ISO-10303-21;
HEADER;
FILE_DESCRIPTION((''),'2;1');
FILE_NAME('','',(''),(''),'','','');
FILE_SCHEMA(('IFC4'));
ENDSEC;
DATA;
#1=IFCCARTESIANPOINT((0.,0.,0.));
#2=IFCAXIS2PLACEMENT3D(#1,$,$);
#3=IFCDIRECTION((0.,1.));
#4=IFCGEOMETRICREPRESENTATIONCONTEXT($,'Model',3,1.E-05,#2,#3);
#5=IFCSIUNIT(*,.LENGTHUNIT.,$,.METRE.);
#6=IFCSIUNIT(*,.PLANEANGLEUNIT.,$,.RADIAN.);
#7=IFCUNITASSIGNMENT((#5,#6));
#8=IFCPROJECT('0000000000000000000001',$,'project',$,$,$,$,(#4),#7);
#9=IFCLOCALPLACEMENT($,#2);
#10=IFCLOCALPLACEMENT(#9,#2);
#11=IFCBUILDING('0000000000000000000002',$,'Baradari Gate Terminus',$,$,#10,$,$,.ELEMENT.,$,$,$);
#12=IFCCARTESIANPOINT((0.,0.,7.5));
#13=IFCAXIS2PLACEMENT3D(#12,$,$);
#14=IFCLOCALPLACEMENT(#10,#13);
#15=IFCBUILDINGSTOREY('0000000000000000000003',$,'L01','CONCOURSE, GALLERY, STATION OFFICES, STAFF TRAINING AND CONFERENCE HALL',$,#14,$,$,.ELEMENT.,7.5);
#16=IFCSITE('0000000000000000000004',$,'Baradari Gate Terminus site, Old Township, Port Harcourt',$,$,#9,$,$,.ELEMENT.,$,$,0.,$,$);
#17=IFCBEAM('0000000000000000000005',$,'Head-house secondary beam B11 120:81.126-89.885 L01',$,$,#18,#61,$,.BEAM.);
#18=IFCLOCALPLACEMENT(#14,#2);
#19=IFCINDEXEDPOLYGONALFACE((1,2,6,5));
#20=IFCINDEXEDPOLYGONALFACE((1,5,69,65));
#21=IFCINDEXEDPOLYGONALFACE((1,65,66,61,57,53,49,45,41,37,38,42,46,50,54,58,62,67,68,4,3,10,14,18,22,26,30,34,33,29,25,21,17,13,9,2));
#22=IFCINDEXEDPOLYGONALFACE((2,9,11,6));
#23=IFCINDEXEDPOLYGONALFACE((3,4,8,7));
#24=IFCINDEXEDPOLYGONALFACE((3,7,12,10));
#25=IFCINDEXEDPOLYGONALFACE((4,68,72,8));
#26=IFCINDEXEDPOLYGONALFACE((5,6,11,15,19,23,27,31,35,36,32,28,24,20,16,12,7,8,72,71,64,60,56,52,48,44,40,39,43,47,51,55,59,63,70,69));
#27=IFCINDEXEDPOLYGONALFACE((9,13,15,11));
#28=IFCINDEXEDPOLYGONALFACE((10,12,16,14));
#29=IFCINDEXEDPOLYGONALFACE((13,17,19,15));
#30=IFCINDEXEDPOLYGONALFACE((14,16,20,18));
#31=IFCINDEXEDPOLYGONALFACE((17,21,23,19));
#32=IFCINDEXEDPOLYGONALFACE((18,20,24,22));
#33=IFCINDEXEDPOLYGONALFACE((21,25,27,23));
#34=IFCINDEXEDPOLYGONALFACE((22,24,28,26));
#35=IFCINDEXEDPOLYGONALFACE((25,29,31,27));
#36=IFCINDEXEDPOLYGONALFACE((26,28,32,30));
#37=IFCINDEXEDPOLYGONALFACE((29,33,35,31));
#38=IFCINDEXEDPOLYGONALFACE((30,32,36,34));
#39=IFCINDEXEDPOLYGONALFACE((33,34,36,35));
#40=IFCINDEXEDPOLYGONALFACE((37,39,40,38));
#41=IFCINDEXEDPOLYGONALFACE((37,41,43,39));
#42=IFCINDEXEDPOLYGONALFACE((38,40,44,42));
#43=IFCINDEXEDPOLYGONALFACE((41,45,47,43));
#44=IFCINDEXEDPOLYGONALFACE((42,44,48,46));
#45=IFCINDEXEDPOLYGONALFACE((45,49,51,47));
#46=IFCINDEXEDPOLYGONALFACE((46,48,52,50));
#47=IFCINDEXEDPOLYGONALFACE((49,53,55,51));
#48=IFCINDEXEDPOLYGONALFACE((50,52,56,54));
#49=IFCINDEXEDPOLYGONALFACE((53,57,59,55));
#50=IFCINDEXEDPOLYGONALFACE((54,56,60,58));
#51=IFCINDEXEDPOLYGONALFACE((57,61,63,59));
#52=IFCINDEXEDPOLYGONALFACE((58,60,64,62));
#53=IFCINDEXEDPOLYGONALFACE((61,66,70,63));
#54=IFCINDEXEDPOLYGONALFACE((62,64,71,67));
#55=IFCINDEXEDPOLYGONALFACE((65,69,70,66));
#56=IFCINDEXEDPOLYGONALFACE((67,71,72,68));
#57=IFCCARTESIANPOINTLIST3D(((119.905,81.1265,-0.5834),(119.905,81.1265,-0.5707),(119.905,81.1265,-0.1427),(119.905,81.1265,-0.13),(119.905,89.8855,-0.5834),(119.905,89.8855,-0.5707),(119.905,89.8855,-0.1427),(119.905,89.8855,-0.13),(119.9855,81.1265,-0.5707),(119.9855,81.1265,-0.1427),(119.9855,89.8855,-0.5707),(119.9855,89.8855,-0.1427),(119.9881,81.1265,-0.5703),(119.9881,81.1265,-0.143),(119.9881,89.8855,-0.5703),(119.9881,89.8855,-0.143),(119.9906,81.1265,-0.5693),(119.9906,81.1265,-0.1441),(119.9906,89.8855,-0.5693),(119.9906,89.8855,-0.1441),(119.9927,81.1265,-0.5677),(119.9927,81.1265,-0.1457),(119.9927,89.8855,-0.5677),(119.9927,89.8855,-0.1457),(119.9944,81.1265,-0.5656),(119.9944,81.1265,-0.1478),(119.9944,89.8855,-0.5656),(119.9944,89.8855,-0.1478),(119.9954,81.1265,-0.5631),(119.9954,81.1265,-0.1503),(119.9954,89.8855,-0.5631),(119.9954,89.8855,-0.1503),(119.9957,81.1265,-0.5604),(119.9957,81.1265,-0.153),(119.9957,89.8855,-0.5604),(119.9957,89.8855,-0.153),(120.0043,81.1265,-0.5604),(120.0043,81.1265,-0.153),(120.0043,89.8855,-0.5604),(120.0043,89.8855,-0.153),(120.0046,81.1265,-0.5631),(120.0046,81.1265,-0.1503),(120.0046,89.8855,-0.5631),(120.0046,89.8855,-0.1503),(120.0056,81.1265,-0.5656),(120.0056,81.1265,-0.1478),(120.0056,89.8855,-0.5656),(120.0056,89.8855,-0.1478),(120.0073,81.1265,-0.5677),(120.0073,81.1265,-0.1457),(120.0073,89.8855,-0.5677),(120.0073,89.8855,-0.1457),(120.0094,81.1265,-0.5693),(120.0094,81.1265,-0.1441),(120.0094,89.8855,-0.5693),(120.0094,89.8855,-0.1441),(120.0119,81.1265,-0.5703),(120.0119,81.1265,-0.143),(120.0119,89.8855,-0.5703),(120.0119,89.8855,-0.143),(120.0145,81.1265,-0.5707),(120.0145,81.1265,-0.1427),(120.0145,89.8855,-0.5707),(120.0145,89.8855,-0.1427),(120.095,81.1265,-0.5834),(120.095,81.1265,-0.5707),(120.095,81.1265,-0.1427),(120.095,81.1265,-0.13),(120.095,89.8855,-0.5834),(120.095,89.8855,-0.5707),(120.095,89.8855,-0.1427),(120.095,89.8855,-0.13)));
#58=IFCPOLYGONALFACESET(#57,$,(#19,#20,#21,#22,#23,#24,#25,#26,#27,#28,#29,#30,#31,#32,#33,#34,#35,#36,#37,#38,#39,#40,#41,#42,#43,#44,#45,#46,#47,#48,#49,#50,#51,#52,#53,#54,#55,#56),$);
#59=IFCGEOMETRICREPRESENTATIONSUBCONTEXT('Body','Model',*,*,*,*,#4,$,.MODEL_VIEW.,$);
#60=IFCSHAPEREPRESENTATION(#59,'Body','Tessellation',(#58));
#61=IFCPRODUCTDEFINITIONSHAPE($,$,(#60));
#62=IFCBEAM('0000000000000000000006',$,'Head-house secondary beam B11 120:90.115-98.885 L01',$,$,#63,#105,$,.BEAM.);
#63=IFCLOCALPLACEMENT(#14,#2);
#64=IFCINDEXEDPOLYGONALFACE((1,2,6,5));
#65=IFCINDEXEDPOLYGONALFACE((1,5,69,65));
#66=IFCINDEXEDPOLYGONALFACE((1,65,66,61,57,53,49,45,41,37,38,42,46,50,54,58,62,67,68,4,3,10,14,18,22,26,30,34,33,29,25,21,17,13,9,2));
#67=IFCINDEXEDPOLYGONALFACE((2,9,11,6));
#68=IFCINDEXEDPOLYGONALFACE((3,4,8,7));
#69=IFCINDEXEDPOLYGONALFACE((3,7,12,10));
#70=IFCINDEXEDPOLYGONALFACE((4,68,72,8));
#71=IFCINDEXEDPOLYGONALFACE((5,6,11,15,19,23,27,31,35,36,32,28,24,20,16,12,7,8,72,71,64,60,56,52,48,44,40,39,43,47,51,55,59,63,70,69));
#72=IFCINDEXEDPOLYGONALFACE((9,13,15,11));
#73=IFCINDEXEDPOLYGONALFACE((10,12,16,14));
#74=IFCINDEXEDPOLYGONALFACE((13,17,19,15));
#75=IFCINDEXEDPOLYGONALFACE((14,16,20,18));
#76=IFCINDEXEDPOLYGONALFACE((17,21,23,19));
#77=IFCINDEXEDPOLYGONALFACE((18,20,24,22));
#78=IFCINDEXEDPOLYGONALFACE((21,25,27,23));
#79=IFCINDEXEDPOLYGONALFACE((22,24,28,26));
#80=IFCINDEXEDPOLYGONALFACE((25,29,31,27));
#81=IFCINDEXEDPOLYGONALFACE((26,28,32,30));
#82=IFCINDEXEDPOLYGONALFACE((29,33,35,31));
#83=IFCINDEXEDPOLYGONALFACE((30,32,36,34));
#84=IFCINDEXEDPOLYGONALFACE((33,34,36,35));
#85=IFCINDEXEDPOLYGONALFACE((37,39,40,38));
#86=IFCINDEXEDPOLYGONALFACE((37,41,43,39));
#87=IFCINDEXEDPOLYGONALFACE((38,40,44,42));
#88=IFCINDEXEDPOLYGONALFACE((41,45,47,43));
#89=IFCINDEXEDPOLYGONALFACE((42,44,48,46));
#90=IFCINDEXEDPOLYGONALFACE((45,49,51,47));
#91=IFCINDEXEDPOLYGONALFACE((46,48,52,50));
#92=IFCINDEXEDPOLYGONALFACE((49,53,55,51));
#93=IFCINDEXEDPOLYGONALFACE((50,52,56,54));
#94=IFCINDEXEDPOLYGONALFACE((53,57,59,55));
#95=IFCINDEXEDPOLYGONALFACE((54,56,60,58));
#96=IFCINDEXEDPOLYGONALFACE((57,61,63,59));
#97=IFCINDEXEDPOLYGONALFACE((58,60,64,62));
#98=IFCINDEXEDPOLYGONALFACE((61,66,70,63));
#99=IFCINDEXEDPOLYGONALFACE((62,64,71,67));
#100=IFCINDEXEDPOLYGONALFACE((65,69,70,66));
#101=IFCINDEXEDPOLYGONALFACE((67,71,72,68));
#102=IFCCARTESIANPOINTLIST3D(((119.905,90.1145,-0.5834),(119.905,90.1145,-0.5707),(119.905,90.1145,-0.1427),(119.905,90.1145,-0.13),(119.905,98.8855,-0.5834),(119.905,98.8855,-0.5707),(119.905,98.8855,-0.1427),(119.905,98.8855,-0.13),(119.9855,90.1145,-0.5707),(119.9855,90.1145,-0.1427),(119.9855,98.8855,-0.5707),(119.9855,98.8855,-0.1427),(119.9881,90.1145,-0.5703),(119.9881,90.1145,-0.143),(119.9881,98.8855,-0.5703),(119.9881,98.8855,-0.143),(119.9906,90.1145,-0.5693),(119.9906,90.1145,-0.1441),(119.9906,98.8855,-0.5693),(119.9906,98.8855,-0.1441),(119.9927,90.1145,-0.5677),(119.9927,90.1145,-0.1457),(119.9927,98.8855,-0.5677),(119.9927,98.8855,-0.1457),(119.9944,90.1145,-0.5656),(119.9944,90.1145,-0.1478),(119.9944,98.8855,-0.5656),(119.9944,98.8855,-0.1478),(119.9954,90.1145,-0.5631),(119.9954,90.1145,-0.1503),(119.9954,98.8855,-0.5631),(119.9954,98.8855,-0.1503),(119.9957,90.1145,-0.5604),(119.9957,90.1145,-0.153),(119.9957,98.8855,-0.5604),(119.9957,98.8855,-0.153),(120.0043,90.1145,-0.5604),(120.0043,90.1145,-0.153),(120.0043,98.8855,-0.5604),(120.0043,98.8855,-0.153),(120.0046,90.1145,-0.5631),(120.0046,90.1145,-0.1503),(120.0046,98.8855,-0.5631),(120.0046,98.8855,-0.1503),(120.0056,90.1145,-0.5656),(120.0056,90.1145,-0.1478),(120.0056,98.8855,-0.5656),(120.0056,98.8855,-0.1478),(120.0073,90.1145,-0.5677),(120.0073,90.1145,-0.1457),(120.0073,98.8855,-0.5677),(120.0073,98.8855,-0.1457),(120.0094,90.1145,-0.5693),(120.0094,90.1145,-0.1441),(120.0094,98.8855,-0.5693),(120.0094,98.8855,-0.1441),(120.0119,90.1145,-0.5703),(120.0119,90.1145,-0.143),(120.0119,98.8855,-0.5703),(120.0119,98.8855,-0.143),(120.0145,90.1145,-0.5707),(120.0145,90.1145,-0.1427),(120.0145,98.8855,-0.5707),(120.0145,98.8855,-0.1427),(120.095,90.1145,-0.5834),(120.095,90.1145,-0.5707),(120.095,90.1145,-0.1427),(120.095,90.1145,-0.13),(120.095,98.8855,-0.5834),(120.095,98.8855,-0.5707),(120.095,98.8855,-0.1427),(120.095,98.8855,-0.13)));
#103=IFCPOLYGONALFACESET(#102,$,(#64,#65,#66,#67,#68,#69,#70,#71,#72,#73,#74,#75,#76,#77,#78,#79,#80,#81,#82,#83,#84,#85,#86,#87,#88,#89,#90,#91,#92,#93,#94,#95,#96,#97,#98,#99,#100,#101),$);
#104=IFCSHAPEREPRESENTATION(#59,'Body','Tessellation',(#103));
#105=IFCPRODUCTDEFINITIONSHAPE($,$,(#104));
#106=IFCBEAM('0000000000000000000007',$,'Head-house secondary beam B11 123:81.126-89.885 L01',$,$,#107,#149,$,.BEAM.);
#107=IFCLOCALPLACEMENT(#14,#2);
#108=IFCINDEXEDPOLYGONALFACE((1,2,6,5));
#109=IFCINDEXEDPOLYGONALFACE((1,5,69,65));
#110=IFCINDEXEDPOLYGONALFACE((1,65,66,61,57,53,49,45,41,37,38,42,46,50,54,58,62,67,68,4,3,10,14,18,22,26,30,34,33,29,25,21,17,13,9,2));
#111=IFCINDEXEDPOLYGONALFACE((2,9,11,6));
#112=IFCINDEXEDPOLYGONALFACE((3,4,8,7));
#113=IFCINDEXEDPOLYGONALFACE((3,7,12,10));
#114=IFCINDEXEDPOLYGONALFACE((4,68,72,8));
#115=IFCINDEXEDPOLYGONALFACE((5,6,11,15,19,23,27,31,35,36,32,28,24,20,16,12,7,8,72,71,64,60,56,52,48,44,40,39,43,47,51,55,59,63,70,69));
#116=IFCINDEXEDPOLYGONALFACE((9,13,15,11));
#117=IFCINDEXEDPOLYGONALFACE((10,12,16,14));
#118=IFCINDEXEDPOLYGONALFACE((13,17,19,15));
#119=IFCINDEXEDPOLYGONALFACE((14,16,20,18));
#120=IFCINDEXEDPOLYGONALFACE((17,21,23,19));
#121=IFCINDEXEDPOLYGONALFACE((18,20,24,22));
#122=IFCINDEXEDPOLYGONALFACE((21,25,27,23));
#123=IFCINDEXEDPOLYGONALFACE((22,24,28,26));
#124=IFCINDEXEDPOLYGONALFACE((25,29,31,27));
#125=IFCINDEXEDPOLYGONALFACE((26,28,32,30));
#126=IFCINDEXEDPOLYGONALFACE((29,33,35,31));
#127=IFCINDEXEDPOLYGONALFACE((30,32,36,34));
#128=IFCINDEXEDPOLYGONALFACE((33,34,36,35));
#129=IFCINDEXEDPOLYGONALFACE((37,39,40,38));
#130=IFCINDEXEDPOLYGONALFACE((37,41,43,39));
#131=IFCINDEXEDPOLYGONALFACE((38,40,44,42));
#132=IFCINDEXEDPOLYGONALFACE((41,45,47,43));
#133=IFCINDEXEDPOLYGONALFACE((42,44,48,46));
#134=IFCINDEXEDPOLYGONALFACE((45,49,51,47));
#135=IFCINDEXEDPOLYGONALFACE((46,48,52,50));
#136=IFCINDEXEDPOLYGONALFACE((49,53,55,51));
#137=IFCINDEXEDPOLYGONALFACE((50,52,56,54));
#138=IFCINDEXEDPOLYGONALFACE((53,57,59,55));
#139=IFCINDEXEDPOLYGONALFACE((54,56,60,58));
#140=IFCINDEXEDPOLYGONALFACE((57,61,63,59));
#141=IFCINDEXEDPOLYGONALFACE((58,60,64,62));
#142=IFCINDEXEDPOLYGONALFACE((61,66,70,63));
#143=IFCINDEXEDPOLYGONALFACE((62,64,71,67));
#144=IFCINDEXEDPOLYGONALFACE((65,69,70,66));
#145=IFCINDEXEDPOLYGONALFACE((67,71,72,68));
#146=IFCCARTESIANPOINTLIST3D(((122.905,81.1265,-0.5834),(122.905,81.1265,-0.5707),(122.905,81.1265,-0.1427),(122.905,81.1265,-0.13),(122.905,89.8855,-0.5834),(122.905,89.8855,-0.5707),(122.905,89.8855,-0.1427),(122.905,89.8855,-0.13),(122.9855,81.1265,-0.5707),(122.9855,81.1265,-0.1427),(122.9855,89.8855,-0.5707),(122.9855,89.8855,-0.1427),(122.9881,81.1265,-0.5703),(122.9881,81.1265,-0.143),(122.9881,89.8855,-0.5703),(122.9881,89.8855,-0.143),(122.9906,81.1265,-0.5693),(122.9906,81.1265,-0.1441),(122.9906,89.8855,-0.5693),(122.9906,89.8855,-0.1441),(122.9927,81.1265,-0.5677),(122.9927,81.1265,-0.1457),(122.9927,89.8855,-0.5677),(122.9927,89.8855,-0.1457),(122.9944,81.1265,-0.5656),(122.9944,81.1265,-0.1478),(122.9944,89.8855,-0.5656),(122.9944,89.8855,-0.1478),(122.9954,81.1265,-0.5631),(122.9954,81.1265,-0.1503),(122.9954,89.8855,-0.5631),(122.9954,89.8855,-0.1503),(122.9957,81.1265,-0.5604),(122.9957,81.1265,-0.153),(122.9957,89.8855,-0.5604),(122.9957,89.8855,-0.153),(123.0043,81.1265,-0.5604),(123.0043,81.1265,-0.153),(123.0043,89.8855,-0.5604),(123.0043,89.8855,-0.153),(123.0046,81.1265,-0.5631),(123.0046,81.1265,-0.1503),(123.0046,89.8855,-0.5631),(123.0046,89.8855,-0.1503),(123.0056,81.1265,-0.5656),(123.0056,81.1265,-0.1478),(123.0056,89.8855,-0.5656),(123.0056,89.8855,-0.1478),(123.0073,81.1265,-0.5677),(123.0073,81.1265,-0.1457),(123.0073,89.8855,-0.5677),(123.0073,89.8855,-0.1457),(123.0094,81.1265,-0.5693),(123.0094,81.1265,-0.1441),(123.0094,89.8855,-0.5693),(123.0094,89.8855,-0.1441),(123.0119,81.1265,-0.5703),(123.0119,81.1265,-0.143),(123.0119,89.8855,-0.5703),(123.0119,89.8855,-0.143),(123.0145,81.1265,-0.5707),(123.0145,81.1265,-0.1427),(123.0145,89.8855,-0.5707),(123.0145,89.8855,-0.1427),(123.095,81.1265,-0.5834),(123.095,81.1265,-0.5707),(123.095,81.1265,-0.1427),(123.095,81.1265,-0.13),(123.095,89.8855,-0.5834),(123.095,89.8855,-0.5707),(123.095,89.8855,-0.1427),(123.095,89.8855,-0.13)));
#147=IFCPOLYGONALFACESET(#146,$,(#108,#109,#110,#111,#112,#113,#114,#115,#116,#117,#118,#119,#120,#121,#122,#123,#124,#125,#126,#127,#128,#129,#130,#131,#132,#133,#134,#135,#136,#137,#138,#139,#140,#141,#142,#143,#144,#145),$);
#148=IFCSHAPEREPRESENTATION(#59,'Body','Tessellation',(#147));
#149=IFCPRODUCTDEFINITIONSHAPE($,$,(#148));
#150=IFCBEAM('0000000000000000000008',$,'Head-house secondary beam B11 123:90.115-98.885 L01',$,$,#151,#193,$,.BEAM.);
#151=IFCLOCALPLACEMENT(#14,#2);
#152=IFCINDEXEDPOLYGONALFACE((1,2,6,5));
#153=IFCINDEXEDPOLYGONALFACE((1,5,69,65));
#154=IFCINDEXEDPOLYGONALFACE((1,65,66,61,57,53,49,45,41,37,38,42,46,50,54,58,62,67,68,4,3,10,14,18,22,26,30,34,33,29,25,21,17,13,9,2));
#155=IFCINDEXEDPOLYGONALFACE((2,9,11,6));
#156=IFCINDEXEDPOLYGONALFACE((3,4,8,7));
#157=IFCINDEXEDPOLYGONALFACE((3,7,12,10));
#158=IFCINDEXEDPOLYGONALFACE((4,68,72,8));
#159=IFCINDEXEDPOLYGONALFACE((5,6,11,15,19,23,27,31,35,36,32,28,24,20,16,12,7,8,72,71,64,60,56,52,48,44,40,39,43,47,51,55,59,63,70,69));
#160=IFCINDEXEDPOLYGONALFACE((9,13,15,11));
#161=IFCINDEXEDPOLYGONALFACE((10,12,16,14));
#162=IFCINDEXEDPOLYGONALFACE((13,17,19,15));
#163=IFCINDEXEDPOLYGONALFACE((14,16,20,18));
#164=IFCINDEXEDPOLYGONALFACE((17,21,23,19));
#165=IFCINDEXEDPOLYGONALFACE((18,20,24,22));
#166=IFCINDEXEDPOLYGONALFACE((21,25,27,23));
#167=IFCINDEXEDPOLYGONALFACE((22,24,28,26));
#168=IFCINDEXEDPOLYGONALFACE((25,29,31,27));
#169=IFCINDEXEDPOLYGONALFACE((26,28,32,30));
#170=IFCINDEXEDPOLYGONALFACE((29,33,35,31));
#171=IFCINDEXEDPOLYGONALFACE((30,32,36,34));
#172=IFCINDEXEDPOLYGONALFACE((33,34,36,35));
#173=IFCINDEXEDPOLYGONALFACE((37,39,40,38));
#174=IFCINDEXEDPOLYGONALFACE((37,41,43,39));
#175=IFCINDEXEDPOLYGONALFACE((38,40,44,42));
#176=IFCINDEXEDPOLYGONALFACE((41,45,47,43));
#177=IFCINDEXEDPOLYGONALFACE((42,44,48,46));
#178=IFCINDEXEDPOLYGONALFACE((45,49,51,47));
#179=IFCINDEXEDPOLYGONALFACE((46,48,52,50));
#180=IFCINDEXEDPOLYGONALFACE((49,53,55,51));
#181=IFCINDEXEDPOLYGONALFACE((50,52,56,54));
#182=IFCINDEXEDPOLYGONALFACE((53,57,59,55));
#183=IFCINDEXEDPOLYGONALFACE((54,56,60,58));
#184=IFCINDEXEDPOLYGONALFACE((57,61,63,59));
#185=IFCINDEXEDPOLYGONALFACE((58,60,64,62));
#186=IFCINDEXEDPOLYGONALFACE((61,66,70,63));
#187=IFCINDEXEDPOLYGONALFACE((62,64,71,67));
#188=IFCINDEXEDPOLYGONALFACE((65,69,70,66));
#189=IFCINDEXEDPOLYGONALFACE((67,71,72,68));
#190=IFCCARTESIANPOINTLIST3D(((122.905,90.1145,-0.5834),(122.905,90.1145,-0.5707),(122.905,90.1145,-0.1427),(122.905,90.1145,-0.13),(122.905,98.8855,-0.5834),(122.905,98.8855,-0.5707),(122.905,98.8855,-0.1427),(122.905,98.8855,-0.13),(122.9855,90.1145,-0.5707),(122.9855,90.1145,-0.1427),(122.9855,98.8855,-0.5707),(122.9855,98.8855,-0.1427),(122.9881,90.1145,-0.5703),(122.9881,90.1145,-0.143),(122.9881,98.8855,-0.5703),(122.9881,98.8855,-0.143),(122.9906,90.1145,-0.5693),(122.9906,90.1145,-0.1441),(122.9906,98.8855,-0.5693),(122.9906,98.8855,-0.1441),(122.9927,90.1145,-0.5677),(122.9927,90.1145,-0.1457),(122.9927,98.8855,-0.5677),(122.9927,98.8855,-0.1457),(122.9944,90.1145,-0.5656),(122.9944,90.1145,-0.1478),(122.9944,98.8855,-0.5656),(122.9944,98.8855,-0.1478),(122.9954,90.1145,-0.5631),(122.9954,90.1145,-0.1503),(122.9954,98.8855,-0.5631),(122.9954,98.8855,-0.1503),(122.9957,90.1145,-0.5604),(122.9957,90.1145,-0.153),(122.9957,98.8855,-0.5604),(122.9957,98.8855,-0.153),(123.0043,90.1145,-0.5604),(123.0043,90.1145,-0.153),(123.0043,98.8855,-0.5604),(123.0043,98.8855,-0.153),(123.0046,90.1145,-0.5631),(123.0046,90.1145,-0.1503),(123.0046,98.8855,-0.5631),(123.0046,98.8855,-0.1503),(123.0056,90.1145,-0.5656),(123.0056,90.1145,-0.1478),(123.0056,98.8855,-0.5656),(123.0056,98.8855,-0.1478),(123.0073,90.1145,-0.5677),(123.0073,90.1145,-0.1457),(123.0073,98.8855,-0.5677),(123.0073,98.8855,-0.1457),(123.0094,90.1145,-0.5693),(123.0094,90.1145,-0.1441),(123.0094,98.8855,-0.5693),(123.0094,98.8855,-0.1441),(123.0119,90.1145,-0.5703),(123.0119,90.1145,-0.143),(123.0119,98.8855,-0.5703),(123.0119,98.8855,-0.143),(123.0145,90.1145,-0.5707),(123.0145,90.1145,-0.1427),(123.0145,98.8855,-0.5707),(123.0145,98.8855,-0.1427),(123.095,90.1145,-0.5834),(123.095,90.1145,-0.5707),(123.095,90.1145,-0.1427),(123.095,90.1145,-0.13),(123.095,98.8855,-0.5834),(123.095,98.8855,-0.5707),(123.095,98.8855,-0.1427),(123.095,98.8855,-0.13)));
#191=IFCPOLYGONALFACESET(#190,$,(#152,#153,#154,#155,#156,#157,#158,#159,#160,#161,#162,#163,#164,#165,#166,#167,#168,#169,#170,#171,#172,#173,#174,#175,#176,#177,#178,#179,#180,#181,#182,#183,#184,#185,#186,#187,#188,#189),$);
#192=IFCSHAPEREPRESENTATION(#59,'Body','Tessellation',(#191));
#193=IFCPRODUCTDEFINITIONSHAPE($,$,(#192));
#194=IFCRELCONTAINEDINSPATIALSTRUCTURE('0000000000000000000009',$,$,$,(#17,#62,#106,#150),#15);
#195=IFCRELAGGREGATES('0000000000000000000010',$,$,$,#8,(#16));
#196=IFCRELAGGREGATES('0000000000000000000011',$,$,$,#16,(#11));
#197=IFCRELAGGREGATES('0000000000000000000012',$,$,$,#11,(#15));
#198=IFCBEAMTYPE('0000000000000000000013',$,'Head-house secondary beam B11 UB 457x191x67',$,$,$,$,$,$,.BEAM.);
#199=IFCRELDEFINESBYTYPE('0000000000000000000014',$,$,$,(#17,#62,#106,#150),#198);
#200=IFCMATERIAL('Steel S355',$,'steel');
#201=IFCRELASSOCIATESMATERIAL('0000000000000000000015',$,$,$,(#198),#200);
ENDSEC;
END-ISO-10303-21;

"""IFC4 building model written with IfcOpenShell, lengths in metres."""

from ifc_helpers import new_model, si_unit, direction, frame, origin, origin_2d, place, context, subcontext, project, spatial, i_section, extrude, material, material_profile, profile_set, type_object, element, save


model = new_model("IFC4")

# Units and contexts
model_context = context("Model", 3, precision=1e-05, world=origin(), true_north=direction((0.0, 1.0)))
body_context = subcontext(model_context, "Body", "Model", "MODEL_VIEW")
ifc_project = project(units=[si_unit("LENGTHUNIT", "METRE"), si_unit("PLANEANGLEUNIT", "RADIAN")], contexts=[model_context])

# Site, building, storey
site_placement = place(None, origin())
site = spatial("IfcSite", under=ifc_project, at=site_placement, Name="Baradari Gate Terminus site, Old Township, Port Harcourt", CompositionType="ELEMENT", RefElevation=0.0)
building_placement = place(site_placement, origin())
building = spatial("IfcBuilding", under=site, at=building_placement, Name="Baradari Gate Terminus", CompositionType="ELEMENT")
storey_placement = place(building_placement, frame((0.0, 0.0, 7.5)))
storey = spatial("IfcBuildingStorey", under=building, at=storey_placement, Name="L01", Description="CONCOURSE, GALLERY, STATION OFFICES, STAFF TRAINING AND CONFERENCE HALL", CompositionType="ELEMENT", Elevation=7.5)

# Beams
ifc_material_1 = material(Name="Steel S355", Category="steel")
ifc_material_profile_1 = material_profile(ifc_material_1, i_section(OverallWidth=0.1899, OverallDepth=0.4534, WebThickness=0.0085, FlangeThickness=0.0127, FilletRadius=0.0103, at=origin_2d()), Name="UB 457x191x67")
ifc_profile_set_1 = profile_set([ifc_material_profile_1], Name="Steel S355")
beam_type_1 = type_object("IfcBeamType", Name="Head-house secondary beam B11 UB 457x191x67", PredefinedType="BEAM", material=ifc_profile_set_1)
beam_1_placement = place(storey_placement, frame((120.0, 81.1265, -0.3567), z_axis=(0.0, 1.0, 0.0), x_axis=(-1.0, 0.0, 0.0)))
element("IfcBeam", 1, at=beam_1_placement, inside=storey, type_object=beam_type_1, Name="Head-house secondary beam B11 120:81.126-89.885 L01", PredefinedType="BEAM", context=body_context, shape_type="SweptSolid", body=[
    extrude(i_section(OverallWidth=0.1899, OverallDepth=0.4534, WebThickness=0.0085, FlangeThickness=0.0127, FilletRadius=0.0103, at=origin_2d()), origin(), (0.0, 0.0, 1.0), 8.759),
])
beam_2_placement = place(storey_placement, frame((120.0, 90.1145, -0.3567), z_axis=(0.0, 1.0, 0.0), x_axis=(-1.0, 0.0, 0.0)))
element("IfcBeam", 2, at=beam_2_placement, inside=storey, type_object=beam_type_1, Name="Head-house secondary beam B11 120:90.115-98.885 L01", PredefinedType="BEAM", context=body_context, shape_type="SweptSolid", body=[
    extrude(i_section(OverallWidth=0.1899, OverallDepth=0.4534, WebThickness=0.0085, FlangeThickness=0.0127, FilletRadius=0.0103, at=origin_2d()), origin(), (0.0, 0.0, 1.0), 8.771),
])
beam_3_placement = place(storey_placement, frame((123.0, 81.1265, -0.3567), z_axis=(0.0, 1.0, 0.0), x_axis=(-1.0, 0.0, 0.0)))
element("IfcBeam", 3, at=beam_3_placement, inside=storey, type_object=beam_type_1, Name="Head-house secondary beam B11 123:81.126-89.885 L01", PredefinedType="BEAM", context=body_context, shape_type="SweptSolid", body=[
    extrude(i_section(OverallWidth=0.1899, OverallDepth=0.4534, WebThickness=0.0085, FlangeThickness=0.0127, FilletRadius=0.0103, at=origin_2d()), origin(), (0.0, 0.0, 1.0), 8.759),
])
beam_4_placement = place(storey_placement, frame((123.0, 90.1145, -0.3567), z_axis=(0.0, 1.0, 0.0), x_axis=(-1.0, 0.0, 0.0)))
element("IfcBeam", 4, at=beam_4_placement, inside=storey, type_object=beam_type_1, Name="Head-house secondary beam B11 123:90.115-98.885 L01", PredefinedType="BEAM", context=body_context, shape_type="SweptSolid", body=[
    extrude(i_section(OverallWidth=0.1899, OverallDepth=0.4534, WebThickness=0.0085, FlangeThickness=0.0127, FilletRadius=0.0103, at=origin_2d()), origin(), (0.0, 0.0, 1.0), 8.771),
])

save(model, "model.ifc")
